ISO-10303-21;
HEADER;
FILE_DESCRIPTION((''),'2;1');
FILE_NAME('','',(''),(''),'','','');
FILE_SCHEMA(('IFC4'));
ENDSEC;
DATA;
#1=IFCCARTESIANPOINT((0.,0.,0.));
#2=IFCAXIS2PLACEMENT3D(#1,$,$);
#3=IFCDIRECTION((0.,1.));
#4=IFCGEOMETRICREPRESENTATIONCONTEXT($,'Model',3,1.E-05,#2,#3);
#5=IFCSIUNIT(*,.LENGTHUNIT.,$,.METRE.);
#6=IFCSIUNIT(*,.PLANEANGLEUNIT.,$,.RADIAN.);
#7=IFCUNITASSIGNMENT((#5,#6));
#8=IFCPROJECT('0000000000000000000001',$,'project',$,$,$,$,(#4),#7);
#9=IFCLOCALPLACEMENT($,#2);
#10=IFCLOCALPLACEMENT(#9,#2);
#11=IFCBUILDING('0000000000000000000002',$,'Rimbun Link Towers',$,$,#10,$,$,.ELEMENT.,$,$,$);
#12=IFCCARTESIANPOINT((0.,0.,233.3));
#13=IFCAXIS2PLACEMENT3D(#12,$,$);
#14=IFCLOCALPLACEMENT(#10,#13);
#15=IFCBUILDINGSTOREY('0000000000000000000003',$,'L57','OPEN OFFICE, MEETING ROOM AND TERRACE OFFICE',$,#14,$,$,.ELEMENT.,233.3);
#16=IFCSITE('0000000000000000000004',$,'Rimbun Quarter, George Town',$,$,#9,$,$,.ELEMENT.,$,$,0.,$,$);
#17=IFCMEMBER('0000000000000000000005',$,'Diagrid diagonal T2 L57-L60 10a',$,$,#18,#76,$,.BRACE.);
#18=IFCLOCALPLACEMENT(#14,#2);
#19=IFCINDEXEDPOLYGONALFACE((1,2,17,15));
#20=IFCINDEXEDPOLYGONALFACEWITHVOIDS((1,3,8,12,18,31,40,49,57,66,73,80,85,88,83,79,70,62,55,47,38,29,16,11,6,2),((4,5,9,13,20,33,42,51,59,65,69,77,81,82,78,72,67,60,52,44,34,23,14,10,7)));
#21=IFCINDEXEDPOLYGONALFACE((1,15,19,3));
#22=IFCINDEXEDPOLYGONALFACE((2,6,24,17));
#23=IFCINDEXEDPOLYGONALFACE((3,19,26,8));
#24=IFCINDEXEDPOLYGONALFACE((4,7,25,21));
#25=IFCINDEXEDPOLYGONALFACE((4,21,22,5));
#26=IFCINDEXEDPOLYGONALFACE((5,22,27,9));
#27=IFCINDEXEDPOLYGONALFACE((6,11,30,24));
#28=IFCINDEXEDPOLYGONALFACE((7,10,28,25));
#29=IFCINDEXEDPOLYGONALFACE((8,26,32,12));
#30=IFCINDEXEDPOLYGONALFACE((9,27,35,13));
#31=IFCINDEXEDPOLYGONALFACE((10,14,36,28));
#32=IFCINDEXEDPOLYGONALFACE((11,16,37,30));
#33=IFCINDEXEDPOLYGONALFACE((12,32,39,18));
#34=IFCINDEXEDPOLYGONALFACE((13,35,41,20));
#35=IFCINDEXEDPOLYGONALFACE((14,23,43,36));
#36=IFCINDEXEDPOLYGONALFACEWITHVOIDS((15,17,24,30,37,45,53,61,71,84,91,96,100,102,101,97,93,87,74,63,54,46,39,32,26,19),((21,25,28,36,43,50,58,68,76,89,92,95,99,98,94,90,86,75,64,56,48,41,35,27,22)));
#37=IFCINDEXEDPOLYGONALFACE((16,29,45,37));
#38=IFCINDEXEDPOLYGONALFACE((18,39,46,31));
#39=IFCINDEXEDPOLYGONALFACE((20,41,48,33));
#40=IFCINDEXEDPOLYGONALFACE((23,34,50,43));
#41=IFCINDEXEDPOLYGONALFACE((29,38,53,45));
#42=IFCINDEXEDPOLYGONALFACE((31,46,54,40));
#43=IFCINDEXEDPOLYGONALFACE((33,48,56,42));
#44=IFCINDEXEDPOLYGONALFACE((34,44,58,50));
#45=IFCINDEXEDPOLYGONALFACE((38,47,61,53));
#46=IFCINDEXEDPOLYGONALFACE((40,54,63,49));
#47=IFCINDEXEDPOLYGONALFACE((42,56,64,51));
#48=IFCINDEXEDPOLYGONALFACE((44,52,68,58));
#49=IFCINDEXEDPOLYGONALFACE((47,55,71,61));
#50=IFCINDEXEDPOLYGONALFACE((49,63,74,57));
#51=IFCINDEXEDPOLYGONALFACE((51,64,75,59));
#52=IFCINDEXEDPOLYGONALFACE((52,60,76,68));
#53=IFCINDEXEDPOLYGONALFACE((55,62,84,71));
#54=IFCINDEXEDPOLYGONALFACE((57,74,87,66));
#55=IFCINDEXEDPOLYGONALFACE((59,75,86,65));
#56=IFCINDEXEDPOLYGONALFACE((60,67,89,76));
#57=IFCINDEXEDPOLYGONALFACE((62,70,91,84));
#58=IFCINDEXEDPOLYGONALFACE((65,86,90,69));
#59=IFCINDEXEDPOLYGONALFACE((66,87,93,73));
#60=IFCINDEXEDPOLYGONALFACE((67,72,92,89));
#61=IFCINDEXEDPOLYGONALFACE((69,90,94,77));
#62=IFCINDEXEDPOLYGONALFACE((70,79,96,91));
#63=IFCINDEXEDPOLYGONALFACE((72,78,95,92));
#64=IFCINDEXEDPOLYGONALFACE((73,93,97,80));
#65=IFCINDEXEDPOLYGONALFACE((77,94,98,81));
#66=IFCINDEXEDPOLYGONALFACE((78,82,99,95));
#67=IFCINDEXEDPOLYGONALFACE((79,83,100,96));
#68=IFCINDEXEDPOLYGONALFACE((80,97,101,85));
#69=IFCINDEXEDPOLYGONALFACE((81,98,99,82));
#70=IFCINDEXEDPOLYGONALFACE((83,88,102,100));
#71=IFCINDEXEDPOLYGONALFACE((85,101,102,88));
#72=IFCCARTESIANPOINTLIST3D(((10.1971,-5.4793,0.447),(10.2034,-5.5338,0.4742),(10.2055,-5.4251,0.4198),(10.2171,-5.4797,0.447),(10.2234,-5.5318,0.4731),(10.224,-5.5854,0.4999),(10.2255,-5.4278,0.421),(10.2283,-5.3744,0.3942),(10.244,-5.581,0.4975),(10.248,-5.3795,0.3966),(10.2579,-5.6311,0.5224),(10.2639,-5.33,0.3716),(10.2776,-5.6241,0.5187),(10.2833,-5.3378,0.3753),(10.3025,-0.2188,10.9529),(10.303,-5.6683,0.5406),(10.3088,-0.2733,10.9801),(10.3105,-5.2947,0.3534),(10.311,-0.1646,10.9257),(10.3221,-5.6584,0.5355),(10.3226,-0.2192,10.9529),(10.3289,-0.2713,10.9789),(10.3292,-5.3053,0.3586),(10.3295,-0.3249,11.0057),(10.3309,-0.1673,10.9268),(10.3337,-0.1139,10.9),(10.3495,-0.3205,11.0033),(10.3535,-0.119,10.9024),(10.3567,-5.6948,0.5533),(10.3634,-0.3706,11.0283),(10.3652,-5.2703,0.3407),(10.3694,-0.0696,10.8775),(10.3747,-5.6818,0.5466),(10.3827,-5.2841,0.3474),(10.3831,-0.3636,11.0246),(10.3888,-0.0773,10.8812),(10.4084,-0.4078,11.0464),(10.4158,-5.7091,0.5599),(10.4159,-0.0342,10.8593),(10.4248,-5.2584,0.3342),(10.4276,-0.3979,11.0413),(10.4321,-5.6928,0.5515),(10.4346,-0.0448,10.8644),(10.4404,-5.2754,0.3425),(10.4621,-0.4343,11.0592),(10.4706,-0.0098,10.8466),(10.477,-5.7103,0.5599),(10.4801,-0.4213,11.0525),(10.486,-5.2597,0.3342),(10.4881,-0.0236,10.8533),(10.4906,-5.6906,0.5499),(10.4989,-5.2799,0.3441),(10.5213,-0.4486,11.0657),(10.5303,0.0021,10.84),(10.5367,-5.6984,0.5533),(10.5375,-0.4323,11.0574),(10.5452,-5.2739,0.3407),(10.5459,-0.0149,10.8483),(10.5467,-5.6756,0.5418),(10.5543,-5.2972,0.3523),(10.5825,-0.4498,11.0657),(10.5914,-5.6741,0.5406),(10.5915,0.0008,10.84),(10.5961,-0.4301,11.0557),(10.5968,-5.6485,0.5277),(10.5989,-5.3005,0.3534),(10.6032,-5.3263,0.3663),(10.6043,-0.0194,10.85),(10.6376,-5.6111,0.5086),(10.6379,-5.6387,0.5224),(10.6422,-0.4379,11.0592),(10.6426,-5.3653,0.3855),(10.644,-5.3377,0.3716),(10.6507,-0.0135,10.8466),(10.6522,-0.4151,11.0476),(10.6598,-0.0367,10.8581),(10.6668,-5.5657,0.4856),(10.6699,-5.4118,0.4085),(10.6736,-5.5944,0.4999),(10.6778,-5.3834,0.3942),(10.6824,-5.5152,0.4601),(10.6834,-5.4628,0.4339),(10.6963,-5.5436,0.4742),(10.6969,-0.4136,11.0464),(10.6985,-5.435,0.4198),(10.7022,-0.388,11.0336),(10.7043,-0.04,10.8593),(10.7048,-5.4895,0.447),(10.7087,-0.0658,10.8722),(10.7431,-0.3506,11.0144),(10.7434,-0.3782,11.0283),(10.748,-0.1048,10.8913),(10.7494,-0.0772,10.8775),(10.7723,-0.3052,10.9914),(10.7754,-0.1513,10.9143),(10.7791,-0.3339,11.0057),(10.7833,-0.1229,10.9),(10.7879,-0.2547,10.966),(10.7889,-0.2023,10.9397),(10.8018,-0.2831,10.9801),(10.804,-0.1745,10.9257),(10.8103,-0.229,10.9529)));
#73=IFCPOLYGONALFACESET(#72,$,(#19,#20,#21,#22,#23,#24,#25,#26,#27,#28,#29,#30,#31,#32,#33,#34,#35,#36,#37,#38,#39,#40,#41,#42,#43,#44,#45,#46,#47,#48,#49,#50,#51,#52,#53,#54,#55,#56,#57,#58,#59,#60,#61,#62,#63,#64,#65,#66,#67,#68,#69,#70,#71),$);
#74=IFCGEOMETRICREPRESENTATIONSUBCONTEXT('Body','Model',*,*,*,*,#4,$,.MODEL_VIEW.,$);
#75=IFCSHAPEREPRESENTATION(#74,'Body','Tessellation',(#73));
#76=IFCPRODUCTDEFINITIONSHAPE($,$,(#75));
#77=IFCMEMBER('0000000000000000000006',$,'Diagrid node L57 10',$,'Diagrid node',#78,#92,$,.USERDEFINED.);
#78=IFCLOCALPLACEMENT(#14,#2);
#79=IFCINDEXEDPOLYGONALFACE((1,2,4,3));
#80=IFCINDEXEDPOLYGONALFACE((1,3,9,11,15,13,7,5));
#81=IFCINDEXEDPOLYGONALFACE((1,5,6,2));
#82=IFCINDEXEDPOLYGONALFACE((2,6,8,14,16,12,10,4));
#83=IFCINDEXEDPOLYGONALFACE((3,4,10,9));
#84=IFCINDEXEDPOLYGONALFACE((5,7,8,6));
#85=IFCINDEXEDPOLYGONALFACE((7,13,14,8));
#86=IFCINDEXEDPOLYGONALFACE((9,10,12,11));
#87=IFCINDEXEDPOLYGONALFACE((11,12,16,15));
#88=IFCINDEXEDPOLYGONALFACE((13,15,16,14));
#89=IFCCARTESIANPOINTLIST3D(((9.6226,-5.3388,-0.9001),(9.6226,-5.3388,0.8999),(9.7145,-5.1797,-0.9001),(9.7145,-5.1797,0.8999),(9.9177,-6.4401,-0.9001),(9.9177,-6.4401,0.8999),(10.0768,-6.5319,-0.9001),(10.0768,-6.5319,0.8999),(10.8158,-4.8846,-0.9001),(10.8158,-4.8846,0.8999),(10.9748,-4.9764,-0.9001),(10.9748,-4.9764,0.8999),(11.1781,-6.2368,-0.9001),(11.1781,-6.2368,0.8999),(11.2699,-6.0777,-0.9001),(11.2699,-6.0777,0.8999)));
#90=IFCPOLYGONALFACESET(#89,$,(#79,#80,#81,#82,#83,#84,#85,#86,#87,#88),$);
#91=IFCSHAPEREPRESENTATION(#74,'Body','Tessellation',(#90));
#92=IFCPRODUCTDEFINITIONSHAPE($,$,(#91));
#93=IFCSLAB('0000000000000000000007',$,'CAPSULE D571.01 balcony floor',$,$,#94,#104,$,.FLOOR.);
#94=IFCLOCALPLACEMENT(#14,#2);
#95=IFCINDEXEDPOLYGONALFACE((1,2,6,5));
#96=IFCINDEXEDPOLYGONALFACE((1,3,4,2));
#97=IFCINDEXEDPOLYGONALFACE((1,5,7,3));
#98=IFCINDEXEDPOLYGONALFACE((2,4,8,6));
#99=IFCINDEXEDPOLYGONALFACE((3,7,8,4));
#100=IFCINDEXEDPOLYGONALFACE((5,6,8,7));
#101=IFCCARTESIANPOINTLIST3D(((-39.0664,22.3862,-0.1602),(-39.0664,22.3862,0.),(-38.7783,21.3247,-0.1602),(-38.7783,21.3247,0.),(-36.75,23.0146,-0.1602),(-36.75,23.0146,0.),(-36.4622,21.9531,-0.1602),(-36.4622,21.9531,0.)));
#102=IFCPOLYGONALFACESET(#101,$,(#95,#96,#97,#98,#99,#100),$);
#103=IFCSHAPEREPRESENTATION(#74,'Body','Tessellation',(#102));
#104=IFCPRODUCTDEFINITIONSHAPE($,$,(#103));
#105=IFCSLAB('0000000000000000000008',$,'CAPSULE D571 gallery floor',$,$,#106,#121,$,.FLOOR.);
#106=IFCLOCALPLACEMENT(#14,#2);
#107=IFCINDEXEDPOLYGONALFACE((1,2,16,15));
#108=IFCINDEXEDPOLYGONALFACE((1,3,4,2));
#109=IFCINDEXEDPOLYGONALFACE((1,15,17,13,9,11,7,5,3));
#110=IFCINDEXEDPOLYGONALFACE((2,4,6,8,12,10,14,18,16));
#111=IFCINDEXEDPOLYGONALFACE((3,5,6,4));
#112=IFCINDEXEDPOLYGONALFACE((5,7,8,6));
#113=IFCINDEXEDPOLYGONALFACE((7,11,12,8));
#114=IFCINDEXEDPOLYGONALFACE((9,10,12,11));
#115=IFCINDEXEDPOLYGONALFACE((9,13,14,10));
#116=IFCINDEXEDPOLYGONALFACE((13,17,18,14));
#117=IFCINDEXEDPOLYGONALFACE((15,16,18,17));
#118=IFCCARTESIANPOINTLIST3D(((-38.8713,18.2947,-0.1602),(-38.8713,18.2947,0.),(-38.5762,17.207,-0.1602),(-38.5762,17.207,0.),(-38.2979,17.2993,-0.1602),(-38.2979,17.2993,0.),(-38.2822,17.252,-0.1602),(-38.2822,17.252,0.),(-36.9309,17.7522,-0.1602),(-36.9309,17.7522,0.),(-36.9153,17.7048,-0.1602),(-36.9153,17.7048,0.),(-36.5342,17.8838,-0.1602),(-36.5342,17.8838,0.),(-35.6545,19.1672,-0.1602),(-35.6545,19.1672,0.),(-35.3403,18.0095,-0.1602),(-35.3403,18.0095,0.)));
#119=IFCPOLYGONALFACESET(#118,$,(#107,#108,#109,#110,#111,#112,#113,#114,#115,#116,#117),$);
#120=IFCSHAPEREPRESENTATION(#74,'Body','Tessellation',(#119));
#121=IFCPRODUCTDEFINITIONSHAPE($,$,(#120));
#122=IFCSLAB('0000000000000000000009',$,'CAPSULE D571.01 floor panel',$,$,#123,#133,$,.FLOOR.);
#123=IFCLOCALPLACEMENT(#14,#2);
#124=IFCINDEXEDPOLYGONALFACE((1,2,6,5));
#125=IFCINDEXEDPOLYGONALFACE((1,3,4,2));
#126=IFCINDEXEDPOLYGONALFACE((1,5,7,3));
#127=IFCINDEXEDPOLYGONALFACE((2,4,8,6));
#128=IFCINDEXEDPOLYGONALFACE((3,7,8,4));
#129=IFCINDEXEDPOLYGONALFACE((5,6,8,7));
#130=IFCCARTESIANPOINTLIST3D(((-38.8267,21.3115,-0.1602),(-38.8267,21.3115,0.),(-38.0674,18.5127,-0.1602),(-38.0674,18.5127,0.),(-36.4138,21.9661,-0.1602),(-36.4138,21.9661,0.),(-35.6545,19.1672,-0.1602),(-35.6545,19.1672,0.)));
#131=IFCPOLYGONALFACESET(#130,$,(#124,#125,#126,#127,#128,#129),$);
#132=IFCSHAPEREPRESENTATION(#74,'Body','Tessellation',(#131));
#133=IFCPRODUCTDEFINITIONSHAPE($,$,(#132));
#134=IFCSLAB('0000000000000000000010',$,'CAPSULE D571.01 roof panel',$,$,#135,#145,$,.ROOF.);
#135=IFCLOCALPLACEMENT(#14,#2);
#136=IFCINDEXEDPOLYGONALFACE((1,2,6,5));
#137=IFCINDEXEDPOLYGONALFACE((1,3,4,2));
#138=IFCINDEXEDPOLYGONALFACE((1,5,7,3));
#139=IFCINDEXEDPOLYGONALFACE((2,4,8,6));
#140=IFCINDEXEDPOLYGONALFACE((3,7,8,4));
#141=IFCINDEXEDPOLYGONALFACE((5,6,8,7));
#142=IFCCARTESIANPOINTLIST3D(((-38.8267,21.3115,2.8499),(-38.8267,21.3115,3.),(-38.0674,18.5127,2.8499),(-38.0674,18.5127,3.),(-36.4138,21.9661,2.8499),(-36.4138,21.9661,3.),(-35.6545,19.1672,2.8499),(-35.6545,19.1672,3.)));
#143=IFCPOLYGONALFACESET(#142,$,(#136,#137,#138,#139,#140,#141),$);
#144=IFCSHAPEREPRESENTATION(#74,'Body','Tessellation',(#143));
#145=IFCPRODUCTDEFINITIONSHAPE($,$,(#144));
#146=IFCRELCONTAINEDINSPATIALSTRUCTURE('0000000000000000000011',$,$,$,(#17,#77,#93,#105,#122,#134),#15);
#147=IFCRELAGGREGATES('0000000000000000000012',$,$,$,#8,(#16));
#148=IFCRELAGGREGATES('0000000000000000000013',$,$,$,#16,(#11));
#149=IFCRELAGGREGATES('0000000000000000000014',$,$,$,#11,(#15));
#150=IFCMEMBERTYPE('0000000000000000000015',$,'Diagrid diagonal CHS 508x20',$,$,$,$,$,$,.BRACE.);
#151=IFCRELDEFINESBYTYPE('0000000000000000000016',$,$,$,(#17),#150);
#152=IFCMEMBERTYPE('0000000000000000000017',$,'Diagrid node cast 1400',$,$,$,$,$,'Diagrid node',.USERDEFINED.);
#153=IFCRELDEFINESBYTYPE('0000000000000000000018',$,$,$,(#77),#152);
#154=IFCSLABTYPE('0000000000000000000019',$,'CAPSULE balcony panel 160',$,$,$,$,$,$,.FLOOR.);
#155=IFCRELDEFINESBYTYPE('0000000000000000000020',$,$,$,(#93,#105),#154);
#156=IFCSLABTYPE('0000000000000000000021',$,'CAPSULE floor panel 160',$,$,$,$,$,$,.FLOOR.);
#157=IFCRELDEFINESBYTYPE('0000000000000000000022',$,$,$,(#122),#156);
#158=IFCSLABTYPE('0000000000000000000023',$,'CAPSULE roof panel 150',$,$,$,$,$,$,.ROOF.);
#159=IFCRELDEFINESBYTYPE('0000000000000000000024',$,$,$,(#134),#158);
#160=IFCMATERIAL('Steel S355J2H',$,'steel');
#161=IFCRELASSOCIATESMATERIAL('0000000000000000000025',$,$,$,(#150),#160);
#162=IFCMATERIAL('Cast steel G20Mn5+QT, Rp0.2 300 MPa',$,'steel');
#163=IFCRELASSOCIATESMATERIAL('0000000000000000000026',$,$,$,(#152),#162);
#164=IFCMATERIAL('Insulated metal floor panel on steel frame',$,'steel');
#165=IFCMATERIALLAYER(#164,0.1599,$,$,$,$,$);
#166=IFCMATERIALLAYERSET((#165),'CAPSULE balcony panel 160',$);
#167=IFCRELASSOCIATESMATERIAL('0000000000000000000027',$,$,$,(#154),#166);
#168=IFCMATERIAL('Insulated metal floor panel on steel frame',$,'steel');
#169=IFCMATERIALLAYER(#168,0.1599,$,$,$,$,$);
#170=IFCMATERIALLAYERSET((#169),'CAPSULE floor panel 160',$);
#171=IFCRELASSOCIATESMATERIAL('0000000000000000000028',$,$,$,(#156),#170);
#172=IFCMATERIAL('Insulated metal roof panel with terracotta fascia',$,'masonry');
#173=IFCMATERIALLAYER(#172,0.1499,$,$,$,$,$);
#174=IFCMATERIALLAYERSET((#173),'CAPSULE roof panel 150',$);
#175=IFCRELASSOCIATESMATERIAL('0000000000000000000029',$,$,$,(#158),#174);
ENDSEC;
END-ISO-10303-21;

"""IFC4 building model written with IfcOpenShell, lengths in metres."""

from ifc_helpers import new_model, si_unit, direction, frame, origin, origin_2d, place, context, subcontext, project, spatial, polyline, hollow_circle, outline, extrude, material, layer, layer_set, material_profile, profile_set, type_object, element, save


model = new_model("IFC4")

# Units and contexts
model_context = context("Model", 3, precision=1e-05, world=origin(), true_north=direction((0.0, 1.0)))
body_context = subcontext(model_context, "Body", "Model", "MODEL_VIEW")
ifc_project = project(units=[si_unit("LENGTHUNIT", "METRE"), si_unit("PLANEANGLEUNIT", "RADIAN")], contexts=[model_context])

# Site, building, storey
site_placement = place(None, origin())
site = spatial("IfcSite", under=ifc_project, at=site_placement, Name="Rimbun Quarter, George Town", CompositionType="ELEMENT", RefElevation=0.0)
building_placement = place(site_placement, origin())
building = spatial("IfcBuilding", under=site, at=building_placement, Name="Rimbun Link Towers", CompositionType="ELEMENT")
storey_placement = place(building_placement, frame((0.0, 0.0, 233.3)))
storey = spatial("IfcBuildingStorey", under=building, at=storey_placement, Name="L57", Description="OPEN OFFICE, MEETING ROOM AND TERRACE OFFICE", CompositionType="ELEMENT", Elevation=233.3)

# Members
ifc_material_1 = material(Name="Steel S355J2H", Category="steel")
ifc_material_profile_1 = material_profile(ifc_material_1, hollow_circle(Radius=0.2539, WallThickness=0.02, at=origin_2d()), Name="Diagrid diagonal CHS 508x20")
ifc_profile_set_1 = profile_set([ifc_material_profile_1], Name="Steel S355J2H")
member_type_1 = type_object("IfcMemberType", Name="Diagrid diagonal CHS 508x20", PredefinedType="BRACE", material=ifc_profile_set_1)
member_1_placement = place(storey_placement, frame((10.4509, -5.4844, 0.447), z_axis=(0.008976, 0.447711, 0.894133), x_axis=(-0.999799, 0.020045, 0.0)))
element("IfcMember", 1, at=member_1_placement, inside=storey, type_object=member_type_1, Name="Diagrid diagonal T2 L57-L60 10a", PredefinedType="BRACE", context=body_context, shape_type="SweptSolid", body=[
    extrude(hollow_circle(Radius=0.2539, WallThickness=0.02, at=origin_2d()), origin(), (0.0, 0.0, 1.0), 11.7498),
])
ifc_material_2 = material(Name="Cast steel G20Mn5+QT, Rp0.2 300 MPa", Category="steel")
ifc_material_profile_2 = material_profile(ifc_material_2, outline(polyline([(0.7, -0.5701), (0.7, 0.5701), (0.5701, 0.7), (-0.5701, 0.7), (-0.7, 0.5701), (-0.7, -0.5701), (-0.5701, -0.7), (0.5701, -0.7), (0.7, -0.5701)])), Name="NODE 1400x1400")
ifc_profile_set_2 = profile_set([ifc_material_profile_2], Name="Cast steel G20Mn5+QT, Rp0.2 300 MPa")
member_type_2 = type_object("IfcMemberType", Name="Diagrid node cast 1400", ElementType="Diagrid node", PredefinedType="USERDEFINED", material=ifc_profile_set_2)
member_2_placement = place(storey_placement, frame((10.4463, -5.7083, -0.9001), z_axis=(0.0, 0.0, 1.0), x_axis=(-0.965926, -0.258819, 0.0)))
element("IfcMember", 2, at=member_2_placement, inside=storey, type_object=member_type_2, Name="Diagrid node L57 10", ObjectType="Diagrid node", PredefinedType="USERDEFINED", context=body_context, shape_type="SweptSolid", body=[
    extrude(outline(polyline([(0.7, -0.5701), (0.7, 0.5701), (0.5701, 0.7), (-0.5701, 0.7), (-0.7, 0.5701), (-0.7, -0.5701), (-0.5701, -0.7), (0.5701, -0.7), (0.7, -0.5701)])), origin(), (0.0, 0.0, 1.0), 1.8),
])

# Slabs
ifc_material_3 = material(Name="Insulated metal floor panel on steel frame", Category="steel")
ifc_layer_1 = layer(ifc_material_3, 0.1599)
ifc_layer_set_1 = layer_set([ifc_layer_1], Name="CAPSULE balcony panel 160")
slab_type_1 = type_object("IfcSlabType", Name="CAPSULE balcony panel 160", PredefinedType="FLOOR", material=ifc_layer_set_1)
slab_1_placement = place(storey_placement, frame((0.0, 0.0, -0.1602)))
element("IfcSlab", 3, at=slab_1_placement, inside=storey, type_object=slab_type_1, Name="CAPSULE D571.01 balcony floor", PredefinedType="FLOOR", context=body_context, shape_type="SweptSolid", body=[
    extrude(outline(polyline([(-36.75, 23.0146), (-39.0664, 22.3862), (-38.7783, 21.3247), (-36.4622, 21.9531), (-36.75, 23.0146)])), origin(), (0.0, 0.0, 1.0), 0.1602),
])
slab_2_placement = place(storey_placement, frame((0.0, 0.0, -0.1602)))
element("IfcSlab", 4, at=slab_2_placement, inside=storey, type_object=slab_type_1, Name="CAPSULE D571 gallery floor", PredefinedType="FLOOR", context=body_context, shape_type="SweptSolid", body=[
    extrude(outline(polyline([(-38.2822, 17.252), (-36.9153, 17.7048), (-36.9309, 17.7522), (-36.5342, 17.8838), (-35.3403, 18.0095), (-35.6545, 19.1672), (-38.8713, 18.2947), (-38.5762, 17.207), (-38.2979, 17.2993), (-38.2822, 17.252)])), origin(), (0.0, 0.0, 1.0), 0.1602),
])
ifc_material_4 = material(Name="Insulated metal floor panel on steel frame", Category="steel")
ifc_layer_2 = layer(ifc_material_4, 0.1599)
ifc_layer_set_2 = layer_set([ifc_layer_2], Name="CAPSULE floor panel 160")
slab_type_2 = type_object("IfcSlabType", Name="CAPSULE floor panel 160", PredefinedType="FLOOR", material=ifc_layer_set_2)
slab_3_placement = place(storey_placement, frame((0.0, 0.0, -0.1602)))
element("IfcSlab", 5, at=slab_3_placement, inside=storey, type_object=slab_type_2, Name="CAPSULE D571.01 floor panel", PredefinedType="FLOOR", context=body_context, shape_type="SweptSolid", body=[
    extrude(outline(polyline([(-36.4138, 21.9661), (-38.8267, 21.3115), (-38.0674, 18.5127), (-35.6545, 19.1672), (-36.4138, 21.9661)])), origin(), (0.0, 0.0, 1.0), 0.1602),
])
ifc_material_5 = material(Name="Insulated metal roof panel with terracotta fascia", Category="masonry")
ifc_layer_3 = layer(ifc_material_5, 0.1499)
ifc_layer_set_3 = layer_set([ifc_layer_3], Name="CAPSULE roof panel 150")
slab_type_3 = type_object("IfcSlabType", Name="CAPSULE roof panel 150", PredefinedType="ROOF", material=ifc_layer_set_3)
slab_4_placement = place(storey_placement, frame((0.0, 0.0, 2.8499)))
element("IfcSlab", 6, at=slab_4_placement, inside=storey, type_object=slab_type_3, Name="CAPSULE D571.01 roof panel", PredefinedType="ROOF", context=body_context, shape_type="SweptSolid", body=[
    extrude(outline(polyline([(-36.4138, 21.9661), (-38.8267, 21.3115), (-38.0674, 18.5127), (-35.6545, 19.1672), (-36.4138, 21.9661)])), origin(), (0.0, 0.0, 1.0), 0.1501),
])

save(model, "model.ifc")
